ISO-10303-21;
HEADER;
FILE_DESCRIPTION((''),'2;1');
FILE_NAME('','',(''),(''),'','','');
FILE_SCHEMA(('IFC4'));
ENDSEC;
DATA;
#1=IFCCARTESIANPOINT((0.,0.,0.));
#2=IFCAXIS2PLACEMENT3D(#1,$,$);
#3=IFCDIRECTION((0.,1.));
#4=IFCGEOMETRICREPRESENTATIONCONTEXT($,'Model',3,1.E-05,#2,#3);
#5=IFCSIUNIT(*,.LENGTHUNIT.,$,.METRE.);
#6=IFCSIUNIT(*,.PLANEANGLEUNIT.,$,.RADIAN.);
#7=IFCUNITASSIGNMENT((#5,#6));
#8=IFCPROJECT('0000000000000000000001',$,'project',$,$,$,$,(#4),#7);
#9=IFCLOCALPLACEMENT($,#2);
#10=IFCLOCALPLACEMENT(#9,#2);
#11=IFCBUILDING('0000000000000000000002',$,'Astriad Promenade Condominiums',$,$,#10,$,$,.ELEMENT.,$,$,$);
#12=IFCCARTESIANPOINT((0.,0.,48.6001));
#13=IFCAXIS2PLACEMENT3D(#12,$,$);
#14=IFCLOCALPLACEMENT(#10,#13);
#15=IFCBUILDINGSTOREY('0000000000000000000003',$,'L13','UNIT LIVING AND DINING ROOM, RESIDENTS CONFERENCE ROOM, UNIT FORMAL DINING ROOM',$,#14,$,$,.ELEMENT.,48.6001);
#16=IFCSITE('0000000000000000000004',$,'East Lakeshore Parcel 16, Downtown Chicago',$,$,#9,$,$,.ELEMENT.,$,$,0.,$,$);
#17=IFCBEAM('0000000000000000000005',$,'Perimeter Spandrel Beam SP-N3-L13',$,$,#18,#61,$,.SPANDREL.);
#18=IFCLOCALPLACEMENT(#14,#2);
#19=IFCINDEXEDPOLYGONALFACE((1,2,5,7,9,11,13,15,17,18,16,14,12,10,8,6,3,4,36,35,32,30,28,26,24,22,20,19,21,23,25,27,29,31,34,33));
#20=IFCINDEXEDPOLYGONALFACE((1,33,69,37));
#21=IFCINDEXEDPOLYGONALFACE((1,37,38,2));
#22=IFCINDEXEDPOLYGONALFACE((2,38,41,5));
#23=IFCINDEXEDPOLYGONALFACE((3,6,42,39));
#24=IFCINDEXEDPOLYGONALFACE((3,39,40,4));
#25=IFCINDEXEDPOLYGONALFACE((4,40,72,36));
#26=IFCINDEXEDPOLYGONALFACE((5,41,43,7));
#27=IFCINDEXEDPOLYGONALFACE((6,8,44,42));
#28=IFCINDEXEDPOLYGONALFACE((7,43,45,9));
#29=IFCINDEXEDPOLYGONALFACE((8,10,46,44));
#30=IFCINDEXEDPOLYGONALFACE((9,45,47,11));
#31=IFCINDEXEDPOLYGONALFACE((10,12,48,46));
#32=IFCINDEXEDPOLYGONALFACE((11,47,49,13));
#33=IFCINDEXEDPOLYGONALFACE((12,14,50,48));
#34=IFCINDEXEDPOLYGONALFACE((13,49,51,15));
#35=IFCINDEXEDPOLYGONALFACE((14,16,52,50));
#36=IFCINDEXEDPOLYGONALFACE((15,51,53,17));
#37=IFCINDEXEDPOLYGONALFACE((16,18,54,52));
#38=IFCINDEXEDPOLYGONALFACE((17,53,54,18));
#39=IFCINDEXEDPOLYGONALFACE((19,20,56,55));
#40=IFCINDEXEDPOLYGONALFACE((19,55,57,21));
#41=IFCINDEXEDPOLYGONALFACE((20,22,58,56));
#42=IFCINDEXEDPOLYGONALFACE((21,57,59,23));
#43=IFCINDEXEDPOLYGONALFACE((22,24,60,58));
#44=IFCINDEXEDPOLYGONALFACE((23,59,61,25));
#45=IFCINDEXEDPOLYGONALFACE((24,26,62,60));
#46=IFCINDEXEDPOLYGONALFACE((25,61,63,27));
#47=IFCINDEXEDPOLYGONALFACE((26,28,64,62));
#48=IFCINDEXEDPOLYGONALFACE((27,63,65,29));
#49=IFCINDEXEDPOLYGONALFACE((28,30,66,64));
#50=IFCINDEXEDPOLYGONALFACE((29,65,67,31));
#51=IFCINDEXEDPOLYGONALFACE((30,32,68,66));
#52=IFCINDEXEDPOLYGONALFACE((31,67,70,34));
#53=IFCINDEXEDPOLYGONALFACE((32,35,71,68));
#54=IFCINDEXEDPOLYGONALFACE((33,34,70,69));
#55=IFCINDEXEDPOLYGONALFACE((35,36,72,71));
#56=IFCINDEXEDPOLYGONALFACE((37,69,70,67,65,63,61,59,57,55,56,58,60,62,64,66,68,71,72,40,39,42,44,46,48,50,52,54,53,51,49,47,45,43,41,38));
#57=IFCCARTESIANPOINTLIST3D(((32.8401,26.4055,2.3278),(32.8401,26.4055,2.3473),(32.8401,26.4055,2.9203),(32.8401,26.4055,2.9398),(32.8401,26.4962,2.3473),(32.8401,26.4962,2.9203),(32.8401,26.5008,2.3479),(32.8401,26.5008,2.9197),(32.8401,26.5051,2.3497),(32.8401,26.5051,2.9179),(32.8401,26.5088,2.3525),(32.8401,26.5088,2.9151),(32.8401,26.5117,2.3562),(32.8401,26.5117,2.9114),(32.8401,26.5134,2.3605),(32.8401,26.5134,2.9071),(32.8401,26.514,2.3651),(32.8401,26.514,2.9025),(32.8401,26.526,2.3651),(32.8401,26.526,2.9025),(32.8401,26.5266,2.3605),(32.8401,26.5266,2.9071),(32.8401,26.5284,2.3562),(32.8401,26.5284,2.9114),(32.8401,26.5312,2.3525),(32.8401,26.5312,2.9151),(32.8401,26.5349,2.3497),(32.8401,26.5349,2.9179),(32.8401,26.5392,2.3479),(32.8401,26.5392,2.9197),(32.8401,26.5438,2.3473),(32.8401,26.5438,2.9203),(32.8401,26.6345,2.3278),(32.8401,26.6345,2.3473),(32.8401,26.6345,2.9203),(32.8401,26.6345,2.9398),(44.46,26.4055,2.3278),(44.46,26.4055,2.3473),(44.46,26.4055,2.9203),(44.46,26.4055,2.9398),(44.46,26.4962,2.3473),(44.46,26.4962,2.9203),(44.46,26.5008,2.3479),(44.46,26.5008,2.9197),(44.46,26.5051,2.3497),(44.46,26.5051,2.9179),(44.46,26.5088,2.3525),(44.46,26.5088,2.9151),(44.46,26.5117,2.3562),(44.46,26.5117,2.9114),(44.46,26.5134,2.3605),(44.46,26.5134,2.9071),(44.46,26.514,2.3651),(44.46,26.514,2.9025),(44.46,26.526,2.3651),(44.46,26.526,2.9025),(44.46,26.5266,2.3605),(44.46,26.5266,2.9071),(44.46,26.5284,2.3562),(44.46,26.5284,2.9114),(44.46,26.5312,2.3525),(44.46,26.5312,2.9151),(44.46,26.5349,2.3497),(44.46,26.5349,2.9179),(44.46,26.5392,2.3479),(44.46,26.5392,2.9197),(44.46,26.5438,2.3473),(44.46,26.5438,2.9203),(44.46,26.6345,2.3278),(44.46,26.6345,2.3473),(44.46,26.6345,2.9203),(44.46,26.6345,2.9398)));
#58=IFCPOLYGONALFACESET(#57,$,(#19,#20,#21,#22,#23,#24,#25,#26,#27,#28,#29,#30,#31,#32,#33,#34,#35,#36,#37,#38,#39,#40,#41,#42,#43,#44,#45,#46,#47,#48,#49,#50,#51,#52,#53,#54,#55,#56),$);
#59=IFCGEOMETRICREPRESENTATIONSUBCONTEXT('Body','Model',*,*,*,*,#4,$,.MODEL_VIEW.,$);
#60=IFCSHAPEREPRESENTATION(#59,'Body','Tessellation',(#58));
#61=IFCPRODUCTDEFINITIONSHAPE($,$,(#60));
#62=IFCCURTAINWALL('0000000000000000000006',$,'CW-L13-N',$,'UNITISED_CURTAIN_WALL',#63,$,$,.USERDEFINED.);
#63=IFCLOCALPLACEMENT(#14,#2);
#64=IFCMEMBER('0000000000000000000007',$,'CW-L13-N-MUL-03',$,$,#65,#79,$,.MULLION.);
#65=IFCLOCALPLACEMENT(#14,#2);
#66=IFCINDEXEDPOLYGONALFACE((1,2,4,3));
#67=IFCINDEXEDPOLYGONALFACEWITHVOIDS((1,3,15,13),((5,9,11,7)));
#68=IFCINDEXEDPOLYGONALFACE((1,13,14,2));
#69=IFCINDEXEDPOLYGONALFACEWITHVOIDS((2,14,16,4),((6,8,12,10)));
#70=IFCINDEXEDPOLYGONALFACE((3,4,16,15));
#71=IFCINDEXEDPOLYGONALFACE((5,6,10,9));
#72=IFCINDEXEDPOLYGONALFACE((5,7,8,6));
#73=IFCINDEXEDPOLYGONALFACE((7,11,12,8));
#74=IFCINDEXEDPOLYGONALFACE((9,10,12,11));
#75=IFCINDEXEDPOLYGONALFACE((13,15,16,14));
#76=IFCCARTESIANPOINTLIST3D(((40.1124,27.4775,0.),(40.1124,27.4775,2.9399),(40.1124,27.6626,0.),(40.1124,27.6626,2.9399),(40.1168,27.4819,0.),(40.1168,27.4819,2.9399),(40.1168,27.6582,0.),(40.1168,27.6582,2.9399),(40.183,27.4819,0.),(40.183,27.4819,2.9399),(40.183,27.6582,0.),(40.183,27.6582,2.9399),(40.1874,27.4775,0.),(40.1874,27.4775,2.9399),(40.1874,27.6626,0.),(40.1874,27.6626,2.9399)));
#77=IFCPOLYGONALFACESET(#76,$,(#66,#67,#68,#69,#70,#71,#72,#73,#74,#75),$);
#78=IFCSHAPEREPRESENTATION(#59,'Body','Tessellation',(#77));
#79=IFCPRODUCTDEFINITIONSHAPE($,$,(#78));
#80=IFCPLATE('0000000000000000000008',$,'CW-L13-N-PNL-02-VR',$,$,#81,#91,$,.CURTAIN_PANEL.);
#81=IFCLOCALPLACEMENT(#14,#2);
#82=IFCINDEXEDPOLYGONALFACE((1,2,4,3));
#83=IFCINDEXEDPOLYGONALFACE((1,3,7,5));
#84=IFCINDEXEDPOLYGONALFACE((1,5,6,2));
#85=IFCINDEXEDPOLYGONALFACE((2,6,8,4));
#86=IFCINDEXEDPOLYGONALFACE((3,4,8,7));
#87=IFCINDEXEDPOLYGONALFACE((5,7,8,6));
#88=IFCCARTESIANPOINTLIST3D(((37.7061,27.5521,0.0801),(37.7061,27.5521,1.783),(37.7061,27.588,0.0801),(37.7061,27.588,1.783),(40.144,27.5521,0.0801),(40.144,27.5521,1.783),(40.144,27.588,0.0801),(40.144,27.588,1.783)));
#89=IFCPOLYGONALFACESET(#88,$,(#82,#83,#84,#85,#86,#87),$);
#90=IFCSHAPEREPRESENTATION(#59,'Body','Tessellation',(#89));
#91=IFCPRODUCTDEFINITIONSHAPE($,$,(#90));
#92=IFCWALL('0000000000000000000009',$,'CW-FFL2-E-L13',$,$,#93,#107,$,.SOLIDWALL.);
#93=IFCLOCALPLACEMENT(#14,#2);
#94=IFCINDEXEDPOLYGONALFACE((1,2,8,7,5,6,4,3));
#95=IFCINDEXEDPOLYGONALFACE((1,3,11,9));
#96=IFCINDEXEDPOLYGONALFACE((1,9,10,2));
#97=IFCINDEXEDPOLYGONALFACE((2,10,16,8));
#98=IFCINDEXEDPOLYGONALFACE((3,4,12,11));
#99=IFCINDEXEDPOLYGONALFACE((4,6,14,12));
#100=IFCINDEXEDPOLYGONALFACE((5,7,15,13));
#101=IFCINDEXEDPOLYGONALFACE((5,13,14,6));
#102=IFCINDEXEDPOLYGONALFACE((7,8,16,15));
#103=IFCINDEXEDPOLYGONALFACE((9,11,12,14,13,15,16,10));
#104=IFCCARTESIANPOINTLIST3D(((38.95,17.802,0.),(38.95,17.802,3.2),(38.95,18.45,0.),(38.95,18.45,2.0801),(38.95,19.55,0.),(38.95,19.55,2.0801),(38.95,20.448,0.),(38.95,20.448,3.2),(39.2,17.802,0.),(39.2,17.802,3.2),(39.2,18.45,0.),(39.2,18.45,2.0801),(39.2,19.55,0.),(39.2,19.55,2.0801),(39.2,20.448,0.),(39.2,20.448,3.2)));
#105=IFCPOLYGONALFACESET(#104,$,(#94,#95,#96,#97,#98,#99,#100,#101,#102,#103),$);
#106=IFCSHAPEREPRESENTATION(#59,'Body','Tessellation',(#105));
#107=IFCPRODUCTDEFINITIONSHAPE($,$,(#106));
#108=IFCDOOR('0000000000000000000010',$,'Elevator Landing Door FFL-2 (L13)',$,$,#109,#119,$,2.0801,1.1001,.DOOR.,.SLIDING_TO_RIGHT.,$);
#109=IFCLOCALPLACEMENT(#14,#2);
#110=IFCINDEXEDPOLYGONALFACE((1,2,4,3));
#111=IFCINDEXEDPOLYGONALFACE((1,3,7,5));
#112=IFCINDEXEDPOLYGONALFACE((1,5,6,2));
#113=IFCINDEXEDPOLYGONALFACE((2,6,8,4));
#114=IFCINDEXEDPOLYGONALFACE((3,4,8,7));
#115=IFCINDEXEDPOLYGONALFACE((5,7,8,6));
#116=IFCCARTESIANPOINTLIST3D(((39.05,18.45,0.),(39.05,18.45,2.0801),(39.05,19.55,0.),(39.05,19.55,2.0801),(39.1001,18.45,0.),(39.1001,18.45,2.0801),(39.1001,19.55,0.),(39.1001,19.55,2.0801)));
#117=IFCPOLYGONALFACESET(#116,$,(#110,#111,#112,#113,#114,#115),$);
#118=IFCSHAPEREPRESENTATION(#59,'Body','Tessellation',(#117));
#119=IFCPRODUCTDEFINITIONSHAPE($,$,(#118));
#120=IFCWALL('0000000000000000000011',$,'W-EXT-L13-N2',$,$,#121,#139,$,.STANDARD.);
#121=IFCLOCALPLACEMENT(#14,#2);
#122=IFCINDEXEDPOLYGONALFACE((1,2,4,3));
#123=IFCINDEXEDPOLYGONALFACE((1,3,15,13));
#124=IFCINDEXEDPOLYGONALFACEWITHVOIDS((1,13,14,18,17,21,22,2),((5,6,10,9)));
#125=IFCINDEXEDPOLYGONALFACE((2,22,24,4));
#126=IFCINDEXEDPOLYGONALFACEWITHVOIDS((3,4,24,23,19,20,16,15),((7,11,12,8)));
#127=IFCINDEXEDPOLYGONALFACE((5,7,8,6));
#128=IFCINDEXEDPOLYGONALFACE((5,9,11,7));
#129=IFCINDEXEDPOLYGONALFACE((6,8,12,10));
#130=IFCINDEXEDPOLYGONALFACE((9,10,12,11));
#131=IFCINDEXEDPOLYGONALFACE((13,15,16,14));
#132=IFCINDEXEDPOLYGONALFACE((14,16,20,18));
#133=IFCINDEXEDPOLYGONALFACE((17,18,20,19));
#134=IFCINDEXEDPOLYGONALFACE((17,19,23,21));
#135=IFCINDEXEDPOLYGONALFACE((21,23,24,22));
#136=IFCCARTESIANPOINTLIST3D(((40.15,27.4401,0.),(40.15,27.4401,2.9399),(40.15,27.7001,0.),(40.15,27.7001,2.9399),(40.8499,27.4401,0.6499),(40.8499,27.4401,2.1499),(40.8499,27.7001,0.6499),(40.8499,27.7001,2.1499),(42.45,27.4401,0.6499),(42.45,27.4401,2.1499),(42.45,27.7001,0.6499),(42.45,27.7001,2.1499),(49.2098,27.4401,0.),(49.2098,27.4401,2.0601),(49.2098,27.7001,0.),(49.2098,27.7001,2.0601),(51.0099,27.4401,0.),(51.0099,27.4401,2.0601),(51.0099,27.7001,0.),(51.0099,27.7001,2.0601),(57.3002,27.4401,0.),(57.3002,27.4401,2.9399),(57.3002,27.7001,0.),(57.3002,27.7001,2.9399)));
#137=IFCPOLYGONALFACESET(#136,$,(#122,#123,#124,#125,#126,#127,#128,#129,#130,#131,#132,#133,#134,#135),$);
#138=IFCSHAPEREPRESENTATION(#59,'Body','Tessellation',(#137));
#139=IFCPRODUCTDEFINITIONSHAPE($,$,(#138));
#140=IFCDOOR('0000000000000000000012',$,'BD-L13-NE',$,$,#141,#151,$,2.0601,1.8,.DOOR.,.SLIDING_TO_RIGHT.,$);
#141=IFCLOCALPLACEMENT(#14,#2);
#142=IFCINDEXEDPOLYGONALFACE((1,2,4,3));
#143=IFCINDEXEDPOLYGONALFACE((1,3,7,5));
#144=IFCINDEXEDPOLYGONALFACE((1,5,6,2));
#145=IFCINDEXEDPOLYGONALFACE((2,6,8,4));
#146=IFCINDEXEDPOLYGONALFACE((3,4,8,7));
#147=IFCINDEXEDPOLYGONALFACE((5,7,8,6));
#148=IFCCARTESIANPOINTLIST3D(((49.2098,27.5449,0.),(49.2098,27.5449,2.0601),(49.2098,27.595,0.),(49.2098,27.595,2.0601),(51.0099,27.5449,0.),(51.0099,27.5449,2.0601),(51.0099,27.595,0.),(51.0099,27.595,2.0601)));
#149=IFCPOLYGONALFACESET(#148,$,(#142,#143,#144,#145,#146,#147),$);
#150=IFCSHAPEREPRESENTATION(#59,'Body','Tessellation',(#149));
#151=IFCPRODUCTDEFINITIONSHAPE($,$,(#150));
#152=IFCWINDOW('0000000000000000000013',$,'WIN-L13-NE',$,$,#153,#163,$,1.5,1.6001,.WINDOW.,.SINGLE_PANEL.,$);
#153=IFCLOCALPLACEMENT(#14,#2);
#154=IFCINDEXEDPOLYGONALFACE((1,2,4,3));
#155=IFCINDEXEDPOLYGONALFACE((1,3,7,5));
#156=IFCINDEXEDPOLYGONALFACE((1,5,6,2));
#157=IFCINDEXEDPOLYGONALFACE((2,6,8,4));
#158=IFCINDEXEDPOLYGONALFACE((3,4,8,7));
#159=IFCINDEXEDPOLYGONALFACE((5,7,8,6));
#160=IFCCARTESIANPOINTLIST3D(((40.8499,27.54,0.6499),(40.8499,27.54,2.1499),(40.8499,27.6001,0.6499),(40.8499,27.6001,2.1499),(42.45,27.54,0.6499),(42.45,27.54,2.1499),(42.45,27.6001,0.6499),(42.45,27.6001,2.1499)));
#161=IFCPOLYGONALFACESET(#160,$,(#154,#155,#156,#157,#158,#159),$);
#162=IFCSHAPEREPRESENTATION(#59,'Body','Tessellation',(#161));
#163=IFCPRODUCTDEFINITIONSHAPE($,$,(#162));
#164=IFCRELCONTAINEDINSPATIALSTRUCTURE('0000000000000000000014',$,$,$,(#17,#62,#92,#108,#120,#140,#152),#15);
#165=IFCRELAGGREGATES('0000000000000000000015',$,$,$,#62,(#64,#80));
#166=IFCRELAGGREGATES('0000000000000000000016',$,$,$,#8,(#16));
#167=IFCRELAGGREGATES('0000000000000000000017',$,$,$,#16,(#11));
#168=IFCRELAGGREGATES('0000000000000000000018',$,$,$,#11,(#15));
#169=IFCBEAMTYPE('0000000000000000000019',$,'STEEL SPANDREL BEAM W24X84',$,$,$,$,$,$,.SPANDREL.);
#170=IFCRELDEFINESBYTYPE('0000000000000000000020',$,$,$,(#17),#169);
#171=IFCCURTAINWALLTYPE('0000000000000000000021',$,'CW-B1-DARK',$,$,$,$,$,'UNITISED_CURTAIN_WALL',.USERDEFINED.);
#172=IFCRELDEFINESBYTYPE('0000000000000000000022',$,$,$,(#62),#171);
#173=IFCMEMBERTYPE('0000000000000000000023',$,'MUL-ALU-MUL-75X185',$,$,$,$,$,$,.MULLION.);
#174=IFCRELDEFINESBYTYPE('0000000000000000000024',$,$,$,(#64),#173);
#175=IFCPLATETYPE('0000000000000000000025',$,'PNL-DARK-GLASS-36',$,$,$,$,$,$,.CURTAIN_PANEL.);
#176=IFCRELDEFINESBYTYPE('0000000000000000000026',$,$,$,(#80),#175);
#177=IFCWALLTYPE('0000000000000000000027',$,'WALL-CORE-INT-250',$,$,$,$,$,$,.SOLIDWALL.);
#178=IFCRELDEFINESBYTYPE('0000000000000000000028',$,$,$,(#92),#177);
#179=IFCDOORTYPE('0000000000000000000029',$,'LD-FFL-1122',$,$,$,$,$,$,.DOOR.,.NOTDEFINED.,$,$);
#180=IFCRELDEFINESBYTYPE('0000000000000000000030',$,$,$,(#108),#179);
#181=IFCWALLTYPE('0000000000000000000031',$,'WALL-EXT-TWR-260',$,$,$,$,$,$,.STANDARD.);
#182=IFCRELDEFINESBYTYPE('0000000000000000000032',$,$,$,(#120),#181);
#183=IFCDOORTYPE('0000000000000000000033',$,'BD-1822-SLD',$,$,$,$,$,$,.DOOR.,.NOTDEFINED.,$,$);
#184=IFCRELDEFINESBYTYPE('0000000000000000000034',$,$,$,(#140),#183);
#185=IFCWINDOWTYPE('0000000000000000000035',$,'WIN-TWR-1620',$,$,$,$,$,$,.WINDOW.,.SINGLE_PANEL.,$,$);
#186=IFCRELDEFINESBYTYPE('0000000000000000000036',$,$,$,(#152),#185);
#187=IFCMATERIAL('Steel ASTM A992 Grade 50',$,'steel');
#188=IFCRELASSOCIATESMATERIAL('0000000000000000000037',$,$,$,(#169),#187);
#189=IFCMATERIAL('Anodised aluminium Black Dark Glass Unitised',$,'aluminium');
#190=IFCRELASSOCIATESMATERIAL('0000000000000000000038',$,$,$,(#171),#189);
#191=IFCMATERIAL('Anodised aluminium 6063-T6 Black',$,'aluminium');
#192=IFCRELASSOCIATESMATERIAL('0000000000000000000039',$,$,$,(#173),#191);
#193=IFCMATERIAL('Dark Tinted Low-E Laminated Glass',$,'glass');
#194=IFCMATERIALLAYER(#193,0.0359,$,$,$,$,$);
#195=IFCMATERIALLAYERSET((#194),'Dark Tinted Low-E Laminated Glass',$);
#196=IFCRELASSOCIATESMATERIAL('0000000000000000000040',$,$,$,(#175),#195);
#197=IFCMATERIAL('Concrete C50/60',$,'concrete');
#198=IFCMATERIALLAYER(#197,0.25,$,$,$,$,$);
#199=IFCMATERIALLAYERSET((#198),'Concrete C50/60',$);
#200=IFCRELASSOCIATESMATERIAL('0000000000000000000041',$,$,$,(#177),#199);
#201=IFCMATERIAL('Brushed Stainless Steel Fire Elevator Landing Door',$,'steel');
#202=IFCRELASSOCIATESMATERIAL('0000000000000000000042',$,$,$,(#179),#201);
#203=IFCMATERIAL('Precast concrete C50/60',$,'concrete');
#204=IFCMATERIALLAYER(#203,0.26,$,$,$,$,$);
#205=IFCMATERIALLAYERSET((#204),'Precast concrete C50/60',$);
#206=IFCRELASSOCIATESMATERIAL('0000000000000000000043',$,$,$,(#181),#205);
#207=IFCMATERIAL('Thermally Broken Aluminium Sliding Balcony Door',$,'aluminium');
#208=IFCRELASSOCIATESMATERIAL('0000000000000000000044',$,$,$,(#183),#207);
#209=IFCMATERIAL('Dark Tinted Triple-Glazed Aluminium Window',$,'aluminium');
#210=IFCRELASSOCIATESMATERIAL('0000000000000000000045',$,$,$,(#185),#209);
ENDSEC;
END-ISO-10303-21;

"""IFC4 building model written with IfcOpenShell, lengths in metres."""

from ifc_helpers import new_model, si_unit, direction, frame, frame_2d, origin, origin_2d, place, context, subcontext, project, spatial, rectangle, hollow_rectangle, i_section, extrude, source, transform, mapped, material, layer, layer_set, material_profile, profile_set, type_object, type_shapes, element, fill, aggregate, save


model = new_model("IFC4")

# Units and contexts
model_context = context("Model", 3, precision=1e-05, world=origin(), true_north=direction((0.0, 1.0)))
body_context = subcontext(model_context, "Body", "Model", "MODEL_VIEW")
ifc_project = project(units=[si_unit("LENGTHUNIT", "METRE"), si_unit("PLANEANGLEUNIT", "RADIAN")], contexts=[model_context])

# Site, building, storey
site_placement = place(None, origin())
site = spatial("IfcSite", under=ifc_project, at=site_placement, Name="East Lakeshore Parcel 16, Downtown Chicago", CompositionType="ELEMENT", RefElevation=0.0)
building_placement = place(site_placement, origin())
building = spatial("IfcBuilding", under=site, at=building_placement, Name="Astriad Promenade Condominiums", CompositionType="ELEMENT")
storey_placement = place(building_placement, frame((0.0, 0.0, 48.6001)))
storey = spatial("IfcBuildingStorey", under=building, at=storey_placement, Name="L13", Description="UNIT LIVING AND DINING ROOM, RESIDENTS CONFERENCE ROOM, UNIT FORMAL DINING ROOM", CompositionType="ELEMENT", Elevation=48.6001)

# Shared definitions
ifc_material_1 = material(Name="Steel ASTM A992 Grade 50", Category="steel")

# Beam
ifc_material_profile_1 = material_profile(ifc_material_1, i_section(OverallWidth=0.229, OverallDepth=0.6121, WebThickness=0.012, FlangeThickness=0.0195, FilletRadius=0.0178, at=origin_2d()), Name="W24X84")
ifc_profile_set_1 = profile_set([ifc_material_profile_1], Name="Steel ASTM A992 Grade 50")
beam_type_1 = type_object("IfcBeamType", Name="STEEL SPANDREL BEAM W24X84", PredefinedType="SPANDREL", material=ifc_profile_set_1)
shared_shape_1 = source(origin(), body_context, "Body", "SweptSolid", [
    extrude(i_section(OverallWidth=0.229, OverallDepth=0.6121, WebThickness=0.012, FlangeThickness=0.0195, FilletRadius=0.0178, at=origin_2d()), origin(), (0.0, 0.0, 1.0), 11.6199),
])
type_shapes(beam_type_1, [shared_shape_1])
beam_1_placement = place(storey_placement, frame((44.46, 26.52, 2.6338), z_axis=(-1.0, 0.0, 0.0), x_axis=(0.0, -1.0, 0.0)))
element("IfcBeam", 1, at=beam_1_placement, inside=storey, type_object=beam_type_1, Name="Perimeter Spandrel Beam SP-N3-L13", PredefinedType="SPANDREL", context=body_context, shape_type="MappedRepresentation", body=[
    mapped(shared_shape_1, transform((0.0, 0.0, 0.0), scale=1.0)),
])

# Curtain wall, member, plate
ifc_material_2 = material(Name="Anodised aluminium Black Dark Glass Unitised", Category="aluminium")
curtain_wall_type = type_object("IfcCurtainWallType", Name="CW-B1-DARK", ElementType="UNITISED_CURTAIN_WALL", PredefinedType="USERDEFINED", material=ifc_material_2)
curtain_wall_placement = place(storey_placement, origin())
curtain_wall = element("IfcCurtainWall", 2, at=curtain_wall_placement, inside=storey, type_object=curtain_wall_type, Name="CW-L13-N", ObjectType="UNITISED_CURTAIN_WALL", PredefinedType="USERDEFINED")
ifc_material_3 = material(Name="Anodised aluminium 6063-T6 Black", Category="aluminium")
ifc_material_profile_2 = material_profile(ifc_material_3, hollow_rectangle(XDim=0.075, YDim=0.1851, WallThickness=0.0044, at=origin_2d()), Name="ALU-MUL-75X185")
ifc_profile_set_2 = profile_set([ifc_material_profile_2], Name="Anodised aluminium 6063-T6 Black")
member_type = type_object("IfcMemberType", Name="MUL-ALU-MUL-75X185", PredefinedType="MULLION", material=ifc_profile_set_2)
shared_shape_2 = source(origin(), body_context, "Body", "SweptSolid", [
    extrude(hollow_rectangle(XDim=0.075, YDim=0.1851, WallThickness=0.0044, at=origin_2d()), origin(), (0.0, 0.0, 1.0), 2.9399),
])
type_shapes(member_type, [shared_shape_2])
member_placement = place(storey_placement, frame((40.1499, 27.5701, 0.0), z_axis=(0.0, 0.0, 1.0), x_axis=(1.0, 0.0, 0.0)))
member = element("IfcMember", 3, at=member_placement, type_object=member_type, Name="CW-L13-N-MUL-03", PredefinedType="MULLION", context=body_context, shape_type="MappedRepresentation", body=[
    mapped(shared_shape_2, transform((0.0, 0.0, 0.0), scale=1.0)),
])
ifc_material_4 = material(Name="Dark Tinted Low-E Laminated Glass", Category="glass")
ifc_layer_1 = layer(ifc_material_4, 0.0359)
ifc_layer_set_1 = layer_set([ifc_layer_1], Name="Dark Tinted Low-E Laminated Glass")
plate_type = type_object("IfcPlateType", Name="PNL-DARK-GLASS-36", PredefinedType="CURTAIN_PANEL", material=ifc_layer_set_1)
shared_shape_3 = source(origin(), body_context, "Body", "SweptSolid", [
    extrude(rectangle(XDim=2.438, YDim=0.0359, at=origin_2d()), origin(), (0.0, 0.0, 1.0), 1.7029),
])
type_shapes(plate_type, [shared_shape_3])
plate_placement = place(storey_placement, frame((38.925, 27.5701, 0.0801), z_axis=(0.0, 0.0, 1.0), x_axis=(1.0, 0.0, 0.0)))
plate = element("IfcPlate", 4, at=plate_placement, type_object=plate_type, Name="CW-L13-N-PNL-02-VR", PredefinedType="CURTAIN_PANEL", context=body_context, shape_type="MappedRepresentation", body=[
    mapped(shared_shape_3, transform((0.0, 0.0, 0.0), scale=1.0)),
])
aggregate(curtain_wall, [member, plate])

# Wall, opening, door
ifc_material_5 = material(Name="Concrete C50/60", Category="concrete")
ifc_layer_2 = layer(ifc_material_5, 0.25)
ifc_layer_set_2 = layer_set([ifc_layer_2], Name="Concrete C50/60")
wall_type_1 = type_object("IfcWallType", Name="WALL-CORE-INT-250", PredefinedType="SOLIDWALL", material=ifc_layer_set_2)
wall_1_placement = place(storey_placement, frame((39.075, 17.802, 0.0), z_axis=(0.0, 0.0, 1.0), x_axis=(0.0, 1.0, 0.0)))
wall_1 = element("IfcWall", 5, at=wall_1_placement, inside=storey, type_object=wall_type_1, Name="CW-FFL2-E-L13", PredefinedType="SOLIDWALL", context=body_context, shape_type="SweptSolid", body=[
    extrude(rectangle(XDim=2.646, YDim=0.25, at=frame_2d((1.323, 0.0))), origin(), (0.0, 0.0, 1.0), 3.2),
])
opening_1_placement = place(wall_1_placement, frame((0.6479, 0.0, 0.0)))
opening_1 = element("IfcOpeningElement", 6, at=opening_1_placement, cuts=wall_1, PredefinedType="OPENING", context=body_context, shape_type="SweptSolid", body=[
    extrude(rectangle(XDim=1.1001, YDim=2.0801, at=frame_2d((0.55, 1.04))), frame((0.0, 0.135, 0.0), z_axis=(0.0, -1.0, 0.0), x_axis=(1.0, 0.0, 0.0)), (0.0, 0.0, 1.0), 0.27),
])
ifc_material_6 = material(Name="Brushed Stainless Steel Fire Elevator Landing Door", Category="steel")
door_type_1 = type_object("IfcDoorType", Name="LD-FFL-1122", OperationType="NOTDEFINED", PredefinedType="DOOR", material=ifc_material_6)
shared_shape_4 = source(origin(), body_context, "Body", "SweptSolid", [
    extrude(rectangle(XDim=1.1001, YDim=2.0801, at=frame_2d((0.55, 1.04))), frame((0.0, 0.0249, 0.0), z_axis=(0.0, -1.0, 0.0), x_axis=(1.0, 0.0, 0.0)), (0.0, 0.0, 1.0), 0.05),
])
type_shapes(door_type_1, [shared_shape_4])
door_1_placement = place(opening_1_placement, origin())
door_1 = element("IfcDoor", 7, at=door_1_placement, inside=storey, type_object=door_type_1, Name="Elevator Landing Door FFL-2 (L13)", OperationType="SLIDING_TO_RIGHT", OverallHeight=2.0801, OverallWidth=1.1001, PredefinedType="DOOR", context=body_context, shape_type="MappedRepresentation", body=[
    mapped(shared_shape_4, transform((0.0, 0.0, 0.0), scale=1.0)),
])
fill(opening_1, door_1)

# Wall, openings, door, window
ifc_material_7 = material(Name="Precast concrete C50/60", Category="concrete")
ifc_layer_3 = layer(ifc_material_7, 0.26)
ifc_layer_set_3 = layer_set([ifc_layer_3], Name="Precast concrete C50/60")
wall_type_2 = type_object("IfcWallType", Name="WALL-EXT-TWR-260", PredefinedType="STANDARD", material=ifc_layer_set_3)
wall_2_placement = place(storey_placement, frame((40.1499, 27.5701, 0.0), z_axis=(0.0, 0.0, 1.0), x_axis=(1.0, 0.0, 0.0)))
wall_2 = element("IfcWall", 8, at=wall_2_placement, inside=storey, type_object=wall_type_2, Name="W-EXT-L13-N2", PredefinedType="STANDARD", context=body_context, shape_type="SweptSolid", body=[
    extrude(rectangle(XDim=17.1501, YDim=0.26, at=frame_2d((8.5752, 0.0))), origin(), (0.0, 0.0, 1.0), 2.9399),
])
opening_2_placement = place(wall_2_placement, frame((9.0601, 0.0, 0.0)))
opening_2 = element("IfcOpeningElement", 9, at=opening_2_placement, cuts=wall_2, PredefinedType="OPENING", context=body_context, shape_type="SweptSolid", body=[
    extrude(rectangle(XDim=1.8, YDim=2.0601, at=frame_2d((0.8999, 1.03))), frame((0.0, 0.1399, 0.0), z_axis=(0.0, -1.0, 0.0), x_axis=(1.0, 0.0, 0.0)), (0.0, 0.0, 1.0), 0.28),
])
opening_3_placement = place(wall_2_placement, frame((0.7, 0.0, 0.6499)))
opening_3 = element("IfcOpeningElement", 10, at=opening_3_placement, cuts=wall_2, PredefinedType="OPENING", context=body_context, shape_type="SweptSolid", body=[
    extrude(rectangle(XDim=1.6001, YDim=1.5, at=frame_2d((0.8, 0.75))), frame((0.0, 0.1399, 0.0), z_axis=(0.0, -1.0, 0.0), x_axis=(1.0, 0.0, 0.0)), (0.0, 0.0, 1.0), 0.28),
])
ifc_material_8 = material(Name="Thermally Broken Aluminium Sliding Balcony Door", Category="aluminium")
door_type_2 = type_object("IfcDoorType", Name="BD-1822-SLD", OperationType="NOTDEFINED", PredefinedType="DOOR", material=ifc_material_8)
shared_shape_5 = source(origin(), body_context, "Body", "SweptSolid", [
    extrude(rectangle(XDim=1.8, YDim=2.0601, at=frame_2d((0.8999, 1.03))), frame((0.0, 0.0249, 0.0), z_axis=(0.0, -1.0, 0.0), x_axis=(1.0, 0.0, 0.0)), (0.0, 0.0, 1.0), 0.05),
])
type_shapes(door_type_2, [shared_shape_5])
door_2_placement = place(opening_2_placement, origin())
door_2 = element("IfcDoor", 11, at=door_2_placement, inside=storey, type_object=door_type_2, Name="BD-L13-NE", OperationType="SLIDING_TO_RIGHT", OverallHeight=2.0601, OverallWidth=1.8, PredefinedType="DOOR", context=body_context, shape_type="MappedRepresentation", body=[
    mapped(shared_shape_5, transform((0.0, 0.0, 0.0), scale=1.0)),
])
fill(opening_2, door_2)
ifc_material_9 = material(Name="Dark Tinted Triple-Glazed Aluminium Window", Category="aluminium")
window_type = type_object("IfcWindowType", Name="WIN-TWR-1620", PartitioningType="SINGLE_PANEL", PredefinedType="WINDOW", material=ifc_material_9)
shared_shape_6 = source(origin(), body_context, "Body", "SweptSolid", [
    extrude(rectangle(XDim=1.6001, YDim=1.5, at=frame_2d((0.8, 0.75))), frame((0.0, 0.03, 0.0), z_axis=(0.0, -1.0, 0.0), x_axis=(1.0, 0.0, 0.0)), (0.0, 0.0, 1.0), 0.0601),
])
type_shapes(window_type, [shared_shape_6])
window_placement = place(opening_3_placement, origin())
window = element("IfcWindow", 12, at=window_placement, inside=storey, type_object=window_type, Name="WIN-L13-NE", OverallHeight=1.5, OverallWidth=1.6001, PartitioningType="SINGLE_PANEL", PredefinedType="WINDOW", context=body_context, shape_type="MappedRepresentation", body=[
    mapped(shared_shape_6, transform((0.0, 0.0, 0.0), scale=1.0)),
])
fill(opening_3, window)

save(model, "model.ifc")
